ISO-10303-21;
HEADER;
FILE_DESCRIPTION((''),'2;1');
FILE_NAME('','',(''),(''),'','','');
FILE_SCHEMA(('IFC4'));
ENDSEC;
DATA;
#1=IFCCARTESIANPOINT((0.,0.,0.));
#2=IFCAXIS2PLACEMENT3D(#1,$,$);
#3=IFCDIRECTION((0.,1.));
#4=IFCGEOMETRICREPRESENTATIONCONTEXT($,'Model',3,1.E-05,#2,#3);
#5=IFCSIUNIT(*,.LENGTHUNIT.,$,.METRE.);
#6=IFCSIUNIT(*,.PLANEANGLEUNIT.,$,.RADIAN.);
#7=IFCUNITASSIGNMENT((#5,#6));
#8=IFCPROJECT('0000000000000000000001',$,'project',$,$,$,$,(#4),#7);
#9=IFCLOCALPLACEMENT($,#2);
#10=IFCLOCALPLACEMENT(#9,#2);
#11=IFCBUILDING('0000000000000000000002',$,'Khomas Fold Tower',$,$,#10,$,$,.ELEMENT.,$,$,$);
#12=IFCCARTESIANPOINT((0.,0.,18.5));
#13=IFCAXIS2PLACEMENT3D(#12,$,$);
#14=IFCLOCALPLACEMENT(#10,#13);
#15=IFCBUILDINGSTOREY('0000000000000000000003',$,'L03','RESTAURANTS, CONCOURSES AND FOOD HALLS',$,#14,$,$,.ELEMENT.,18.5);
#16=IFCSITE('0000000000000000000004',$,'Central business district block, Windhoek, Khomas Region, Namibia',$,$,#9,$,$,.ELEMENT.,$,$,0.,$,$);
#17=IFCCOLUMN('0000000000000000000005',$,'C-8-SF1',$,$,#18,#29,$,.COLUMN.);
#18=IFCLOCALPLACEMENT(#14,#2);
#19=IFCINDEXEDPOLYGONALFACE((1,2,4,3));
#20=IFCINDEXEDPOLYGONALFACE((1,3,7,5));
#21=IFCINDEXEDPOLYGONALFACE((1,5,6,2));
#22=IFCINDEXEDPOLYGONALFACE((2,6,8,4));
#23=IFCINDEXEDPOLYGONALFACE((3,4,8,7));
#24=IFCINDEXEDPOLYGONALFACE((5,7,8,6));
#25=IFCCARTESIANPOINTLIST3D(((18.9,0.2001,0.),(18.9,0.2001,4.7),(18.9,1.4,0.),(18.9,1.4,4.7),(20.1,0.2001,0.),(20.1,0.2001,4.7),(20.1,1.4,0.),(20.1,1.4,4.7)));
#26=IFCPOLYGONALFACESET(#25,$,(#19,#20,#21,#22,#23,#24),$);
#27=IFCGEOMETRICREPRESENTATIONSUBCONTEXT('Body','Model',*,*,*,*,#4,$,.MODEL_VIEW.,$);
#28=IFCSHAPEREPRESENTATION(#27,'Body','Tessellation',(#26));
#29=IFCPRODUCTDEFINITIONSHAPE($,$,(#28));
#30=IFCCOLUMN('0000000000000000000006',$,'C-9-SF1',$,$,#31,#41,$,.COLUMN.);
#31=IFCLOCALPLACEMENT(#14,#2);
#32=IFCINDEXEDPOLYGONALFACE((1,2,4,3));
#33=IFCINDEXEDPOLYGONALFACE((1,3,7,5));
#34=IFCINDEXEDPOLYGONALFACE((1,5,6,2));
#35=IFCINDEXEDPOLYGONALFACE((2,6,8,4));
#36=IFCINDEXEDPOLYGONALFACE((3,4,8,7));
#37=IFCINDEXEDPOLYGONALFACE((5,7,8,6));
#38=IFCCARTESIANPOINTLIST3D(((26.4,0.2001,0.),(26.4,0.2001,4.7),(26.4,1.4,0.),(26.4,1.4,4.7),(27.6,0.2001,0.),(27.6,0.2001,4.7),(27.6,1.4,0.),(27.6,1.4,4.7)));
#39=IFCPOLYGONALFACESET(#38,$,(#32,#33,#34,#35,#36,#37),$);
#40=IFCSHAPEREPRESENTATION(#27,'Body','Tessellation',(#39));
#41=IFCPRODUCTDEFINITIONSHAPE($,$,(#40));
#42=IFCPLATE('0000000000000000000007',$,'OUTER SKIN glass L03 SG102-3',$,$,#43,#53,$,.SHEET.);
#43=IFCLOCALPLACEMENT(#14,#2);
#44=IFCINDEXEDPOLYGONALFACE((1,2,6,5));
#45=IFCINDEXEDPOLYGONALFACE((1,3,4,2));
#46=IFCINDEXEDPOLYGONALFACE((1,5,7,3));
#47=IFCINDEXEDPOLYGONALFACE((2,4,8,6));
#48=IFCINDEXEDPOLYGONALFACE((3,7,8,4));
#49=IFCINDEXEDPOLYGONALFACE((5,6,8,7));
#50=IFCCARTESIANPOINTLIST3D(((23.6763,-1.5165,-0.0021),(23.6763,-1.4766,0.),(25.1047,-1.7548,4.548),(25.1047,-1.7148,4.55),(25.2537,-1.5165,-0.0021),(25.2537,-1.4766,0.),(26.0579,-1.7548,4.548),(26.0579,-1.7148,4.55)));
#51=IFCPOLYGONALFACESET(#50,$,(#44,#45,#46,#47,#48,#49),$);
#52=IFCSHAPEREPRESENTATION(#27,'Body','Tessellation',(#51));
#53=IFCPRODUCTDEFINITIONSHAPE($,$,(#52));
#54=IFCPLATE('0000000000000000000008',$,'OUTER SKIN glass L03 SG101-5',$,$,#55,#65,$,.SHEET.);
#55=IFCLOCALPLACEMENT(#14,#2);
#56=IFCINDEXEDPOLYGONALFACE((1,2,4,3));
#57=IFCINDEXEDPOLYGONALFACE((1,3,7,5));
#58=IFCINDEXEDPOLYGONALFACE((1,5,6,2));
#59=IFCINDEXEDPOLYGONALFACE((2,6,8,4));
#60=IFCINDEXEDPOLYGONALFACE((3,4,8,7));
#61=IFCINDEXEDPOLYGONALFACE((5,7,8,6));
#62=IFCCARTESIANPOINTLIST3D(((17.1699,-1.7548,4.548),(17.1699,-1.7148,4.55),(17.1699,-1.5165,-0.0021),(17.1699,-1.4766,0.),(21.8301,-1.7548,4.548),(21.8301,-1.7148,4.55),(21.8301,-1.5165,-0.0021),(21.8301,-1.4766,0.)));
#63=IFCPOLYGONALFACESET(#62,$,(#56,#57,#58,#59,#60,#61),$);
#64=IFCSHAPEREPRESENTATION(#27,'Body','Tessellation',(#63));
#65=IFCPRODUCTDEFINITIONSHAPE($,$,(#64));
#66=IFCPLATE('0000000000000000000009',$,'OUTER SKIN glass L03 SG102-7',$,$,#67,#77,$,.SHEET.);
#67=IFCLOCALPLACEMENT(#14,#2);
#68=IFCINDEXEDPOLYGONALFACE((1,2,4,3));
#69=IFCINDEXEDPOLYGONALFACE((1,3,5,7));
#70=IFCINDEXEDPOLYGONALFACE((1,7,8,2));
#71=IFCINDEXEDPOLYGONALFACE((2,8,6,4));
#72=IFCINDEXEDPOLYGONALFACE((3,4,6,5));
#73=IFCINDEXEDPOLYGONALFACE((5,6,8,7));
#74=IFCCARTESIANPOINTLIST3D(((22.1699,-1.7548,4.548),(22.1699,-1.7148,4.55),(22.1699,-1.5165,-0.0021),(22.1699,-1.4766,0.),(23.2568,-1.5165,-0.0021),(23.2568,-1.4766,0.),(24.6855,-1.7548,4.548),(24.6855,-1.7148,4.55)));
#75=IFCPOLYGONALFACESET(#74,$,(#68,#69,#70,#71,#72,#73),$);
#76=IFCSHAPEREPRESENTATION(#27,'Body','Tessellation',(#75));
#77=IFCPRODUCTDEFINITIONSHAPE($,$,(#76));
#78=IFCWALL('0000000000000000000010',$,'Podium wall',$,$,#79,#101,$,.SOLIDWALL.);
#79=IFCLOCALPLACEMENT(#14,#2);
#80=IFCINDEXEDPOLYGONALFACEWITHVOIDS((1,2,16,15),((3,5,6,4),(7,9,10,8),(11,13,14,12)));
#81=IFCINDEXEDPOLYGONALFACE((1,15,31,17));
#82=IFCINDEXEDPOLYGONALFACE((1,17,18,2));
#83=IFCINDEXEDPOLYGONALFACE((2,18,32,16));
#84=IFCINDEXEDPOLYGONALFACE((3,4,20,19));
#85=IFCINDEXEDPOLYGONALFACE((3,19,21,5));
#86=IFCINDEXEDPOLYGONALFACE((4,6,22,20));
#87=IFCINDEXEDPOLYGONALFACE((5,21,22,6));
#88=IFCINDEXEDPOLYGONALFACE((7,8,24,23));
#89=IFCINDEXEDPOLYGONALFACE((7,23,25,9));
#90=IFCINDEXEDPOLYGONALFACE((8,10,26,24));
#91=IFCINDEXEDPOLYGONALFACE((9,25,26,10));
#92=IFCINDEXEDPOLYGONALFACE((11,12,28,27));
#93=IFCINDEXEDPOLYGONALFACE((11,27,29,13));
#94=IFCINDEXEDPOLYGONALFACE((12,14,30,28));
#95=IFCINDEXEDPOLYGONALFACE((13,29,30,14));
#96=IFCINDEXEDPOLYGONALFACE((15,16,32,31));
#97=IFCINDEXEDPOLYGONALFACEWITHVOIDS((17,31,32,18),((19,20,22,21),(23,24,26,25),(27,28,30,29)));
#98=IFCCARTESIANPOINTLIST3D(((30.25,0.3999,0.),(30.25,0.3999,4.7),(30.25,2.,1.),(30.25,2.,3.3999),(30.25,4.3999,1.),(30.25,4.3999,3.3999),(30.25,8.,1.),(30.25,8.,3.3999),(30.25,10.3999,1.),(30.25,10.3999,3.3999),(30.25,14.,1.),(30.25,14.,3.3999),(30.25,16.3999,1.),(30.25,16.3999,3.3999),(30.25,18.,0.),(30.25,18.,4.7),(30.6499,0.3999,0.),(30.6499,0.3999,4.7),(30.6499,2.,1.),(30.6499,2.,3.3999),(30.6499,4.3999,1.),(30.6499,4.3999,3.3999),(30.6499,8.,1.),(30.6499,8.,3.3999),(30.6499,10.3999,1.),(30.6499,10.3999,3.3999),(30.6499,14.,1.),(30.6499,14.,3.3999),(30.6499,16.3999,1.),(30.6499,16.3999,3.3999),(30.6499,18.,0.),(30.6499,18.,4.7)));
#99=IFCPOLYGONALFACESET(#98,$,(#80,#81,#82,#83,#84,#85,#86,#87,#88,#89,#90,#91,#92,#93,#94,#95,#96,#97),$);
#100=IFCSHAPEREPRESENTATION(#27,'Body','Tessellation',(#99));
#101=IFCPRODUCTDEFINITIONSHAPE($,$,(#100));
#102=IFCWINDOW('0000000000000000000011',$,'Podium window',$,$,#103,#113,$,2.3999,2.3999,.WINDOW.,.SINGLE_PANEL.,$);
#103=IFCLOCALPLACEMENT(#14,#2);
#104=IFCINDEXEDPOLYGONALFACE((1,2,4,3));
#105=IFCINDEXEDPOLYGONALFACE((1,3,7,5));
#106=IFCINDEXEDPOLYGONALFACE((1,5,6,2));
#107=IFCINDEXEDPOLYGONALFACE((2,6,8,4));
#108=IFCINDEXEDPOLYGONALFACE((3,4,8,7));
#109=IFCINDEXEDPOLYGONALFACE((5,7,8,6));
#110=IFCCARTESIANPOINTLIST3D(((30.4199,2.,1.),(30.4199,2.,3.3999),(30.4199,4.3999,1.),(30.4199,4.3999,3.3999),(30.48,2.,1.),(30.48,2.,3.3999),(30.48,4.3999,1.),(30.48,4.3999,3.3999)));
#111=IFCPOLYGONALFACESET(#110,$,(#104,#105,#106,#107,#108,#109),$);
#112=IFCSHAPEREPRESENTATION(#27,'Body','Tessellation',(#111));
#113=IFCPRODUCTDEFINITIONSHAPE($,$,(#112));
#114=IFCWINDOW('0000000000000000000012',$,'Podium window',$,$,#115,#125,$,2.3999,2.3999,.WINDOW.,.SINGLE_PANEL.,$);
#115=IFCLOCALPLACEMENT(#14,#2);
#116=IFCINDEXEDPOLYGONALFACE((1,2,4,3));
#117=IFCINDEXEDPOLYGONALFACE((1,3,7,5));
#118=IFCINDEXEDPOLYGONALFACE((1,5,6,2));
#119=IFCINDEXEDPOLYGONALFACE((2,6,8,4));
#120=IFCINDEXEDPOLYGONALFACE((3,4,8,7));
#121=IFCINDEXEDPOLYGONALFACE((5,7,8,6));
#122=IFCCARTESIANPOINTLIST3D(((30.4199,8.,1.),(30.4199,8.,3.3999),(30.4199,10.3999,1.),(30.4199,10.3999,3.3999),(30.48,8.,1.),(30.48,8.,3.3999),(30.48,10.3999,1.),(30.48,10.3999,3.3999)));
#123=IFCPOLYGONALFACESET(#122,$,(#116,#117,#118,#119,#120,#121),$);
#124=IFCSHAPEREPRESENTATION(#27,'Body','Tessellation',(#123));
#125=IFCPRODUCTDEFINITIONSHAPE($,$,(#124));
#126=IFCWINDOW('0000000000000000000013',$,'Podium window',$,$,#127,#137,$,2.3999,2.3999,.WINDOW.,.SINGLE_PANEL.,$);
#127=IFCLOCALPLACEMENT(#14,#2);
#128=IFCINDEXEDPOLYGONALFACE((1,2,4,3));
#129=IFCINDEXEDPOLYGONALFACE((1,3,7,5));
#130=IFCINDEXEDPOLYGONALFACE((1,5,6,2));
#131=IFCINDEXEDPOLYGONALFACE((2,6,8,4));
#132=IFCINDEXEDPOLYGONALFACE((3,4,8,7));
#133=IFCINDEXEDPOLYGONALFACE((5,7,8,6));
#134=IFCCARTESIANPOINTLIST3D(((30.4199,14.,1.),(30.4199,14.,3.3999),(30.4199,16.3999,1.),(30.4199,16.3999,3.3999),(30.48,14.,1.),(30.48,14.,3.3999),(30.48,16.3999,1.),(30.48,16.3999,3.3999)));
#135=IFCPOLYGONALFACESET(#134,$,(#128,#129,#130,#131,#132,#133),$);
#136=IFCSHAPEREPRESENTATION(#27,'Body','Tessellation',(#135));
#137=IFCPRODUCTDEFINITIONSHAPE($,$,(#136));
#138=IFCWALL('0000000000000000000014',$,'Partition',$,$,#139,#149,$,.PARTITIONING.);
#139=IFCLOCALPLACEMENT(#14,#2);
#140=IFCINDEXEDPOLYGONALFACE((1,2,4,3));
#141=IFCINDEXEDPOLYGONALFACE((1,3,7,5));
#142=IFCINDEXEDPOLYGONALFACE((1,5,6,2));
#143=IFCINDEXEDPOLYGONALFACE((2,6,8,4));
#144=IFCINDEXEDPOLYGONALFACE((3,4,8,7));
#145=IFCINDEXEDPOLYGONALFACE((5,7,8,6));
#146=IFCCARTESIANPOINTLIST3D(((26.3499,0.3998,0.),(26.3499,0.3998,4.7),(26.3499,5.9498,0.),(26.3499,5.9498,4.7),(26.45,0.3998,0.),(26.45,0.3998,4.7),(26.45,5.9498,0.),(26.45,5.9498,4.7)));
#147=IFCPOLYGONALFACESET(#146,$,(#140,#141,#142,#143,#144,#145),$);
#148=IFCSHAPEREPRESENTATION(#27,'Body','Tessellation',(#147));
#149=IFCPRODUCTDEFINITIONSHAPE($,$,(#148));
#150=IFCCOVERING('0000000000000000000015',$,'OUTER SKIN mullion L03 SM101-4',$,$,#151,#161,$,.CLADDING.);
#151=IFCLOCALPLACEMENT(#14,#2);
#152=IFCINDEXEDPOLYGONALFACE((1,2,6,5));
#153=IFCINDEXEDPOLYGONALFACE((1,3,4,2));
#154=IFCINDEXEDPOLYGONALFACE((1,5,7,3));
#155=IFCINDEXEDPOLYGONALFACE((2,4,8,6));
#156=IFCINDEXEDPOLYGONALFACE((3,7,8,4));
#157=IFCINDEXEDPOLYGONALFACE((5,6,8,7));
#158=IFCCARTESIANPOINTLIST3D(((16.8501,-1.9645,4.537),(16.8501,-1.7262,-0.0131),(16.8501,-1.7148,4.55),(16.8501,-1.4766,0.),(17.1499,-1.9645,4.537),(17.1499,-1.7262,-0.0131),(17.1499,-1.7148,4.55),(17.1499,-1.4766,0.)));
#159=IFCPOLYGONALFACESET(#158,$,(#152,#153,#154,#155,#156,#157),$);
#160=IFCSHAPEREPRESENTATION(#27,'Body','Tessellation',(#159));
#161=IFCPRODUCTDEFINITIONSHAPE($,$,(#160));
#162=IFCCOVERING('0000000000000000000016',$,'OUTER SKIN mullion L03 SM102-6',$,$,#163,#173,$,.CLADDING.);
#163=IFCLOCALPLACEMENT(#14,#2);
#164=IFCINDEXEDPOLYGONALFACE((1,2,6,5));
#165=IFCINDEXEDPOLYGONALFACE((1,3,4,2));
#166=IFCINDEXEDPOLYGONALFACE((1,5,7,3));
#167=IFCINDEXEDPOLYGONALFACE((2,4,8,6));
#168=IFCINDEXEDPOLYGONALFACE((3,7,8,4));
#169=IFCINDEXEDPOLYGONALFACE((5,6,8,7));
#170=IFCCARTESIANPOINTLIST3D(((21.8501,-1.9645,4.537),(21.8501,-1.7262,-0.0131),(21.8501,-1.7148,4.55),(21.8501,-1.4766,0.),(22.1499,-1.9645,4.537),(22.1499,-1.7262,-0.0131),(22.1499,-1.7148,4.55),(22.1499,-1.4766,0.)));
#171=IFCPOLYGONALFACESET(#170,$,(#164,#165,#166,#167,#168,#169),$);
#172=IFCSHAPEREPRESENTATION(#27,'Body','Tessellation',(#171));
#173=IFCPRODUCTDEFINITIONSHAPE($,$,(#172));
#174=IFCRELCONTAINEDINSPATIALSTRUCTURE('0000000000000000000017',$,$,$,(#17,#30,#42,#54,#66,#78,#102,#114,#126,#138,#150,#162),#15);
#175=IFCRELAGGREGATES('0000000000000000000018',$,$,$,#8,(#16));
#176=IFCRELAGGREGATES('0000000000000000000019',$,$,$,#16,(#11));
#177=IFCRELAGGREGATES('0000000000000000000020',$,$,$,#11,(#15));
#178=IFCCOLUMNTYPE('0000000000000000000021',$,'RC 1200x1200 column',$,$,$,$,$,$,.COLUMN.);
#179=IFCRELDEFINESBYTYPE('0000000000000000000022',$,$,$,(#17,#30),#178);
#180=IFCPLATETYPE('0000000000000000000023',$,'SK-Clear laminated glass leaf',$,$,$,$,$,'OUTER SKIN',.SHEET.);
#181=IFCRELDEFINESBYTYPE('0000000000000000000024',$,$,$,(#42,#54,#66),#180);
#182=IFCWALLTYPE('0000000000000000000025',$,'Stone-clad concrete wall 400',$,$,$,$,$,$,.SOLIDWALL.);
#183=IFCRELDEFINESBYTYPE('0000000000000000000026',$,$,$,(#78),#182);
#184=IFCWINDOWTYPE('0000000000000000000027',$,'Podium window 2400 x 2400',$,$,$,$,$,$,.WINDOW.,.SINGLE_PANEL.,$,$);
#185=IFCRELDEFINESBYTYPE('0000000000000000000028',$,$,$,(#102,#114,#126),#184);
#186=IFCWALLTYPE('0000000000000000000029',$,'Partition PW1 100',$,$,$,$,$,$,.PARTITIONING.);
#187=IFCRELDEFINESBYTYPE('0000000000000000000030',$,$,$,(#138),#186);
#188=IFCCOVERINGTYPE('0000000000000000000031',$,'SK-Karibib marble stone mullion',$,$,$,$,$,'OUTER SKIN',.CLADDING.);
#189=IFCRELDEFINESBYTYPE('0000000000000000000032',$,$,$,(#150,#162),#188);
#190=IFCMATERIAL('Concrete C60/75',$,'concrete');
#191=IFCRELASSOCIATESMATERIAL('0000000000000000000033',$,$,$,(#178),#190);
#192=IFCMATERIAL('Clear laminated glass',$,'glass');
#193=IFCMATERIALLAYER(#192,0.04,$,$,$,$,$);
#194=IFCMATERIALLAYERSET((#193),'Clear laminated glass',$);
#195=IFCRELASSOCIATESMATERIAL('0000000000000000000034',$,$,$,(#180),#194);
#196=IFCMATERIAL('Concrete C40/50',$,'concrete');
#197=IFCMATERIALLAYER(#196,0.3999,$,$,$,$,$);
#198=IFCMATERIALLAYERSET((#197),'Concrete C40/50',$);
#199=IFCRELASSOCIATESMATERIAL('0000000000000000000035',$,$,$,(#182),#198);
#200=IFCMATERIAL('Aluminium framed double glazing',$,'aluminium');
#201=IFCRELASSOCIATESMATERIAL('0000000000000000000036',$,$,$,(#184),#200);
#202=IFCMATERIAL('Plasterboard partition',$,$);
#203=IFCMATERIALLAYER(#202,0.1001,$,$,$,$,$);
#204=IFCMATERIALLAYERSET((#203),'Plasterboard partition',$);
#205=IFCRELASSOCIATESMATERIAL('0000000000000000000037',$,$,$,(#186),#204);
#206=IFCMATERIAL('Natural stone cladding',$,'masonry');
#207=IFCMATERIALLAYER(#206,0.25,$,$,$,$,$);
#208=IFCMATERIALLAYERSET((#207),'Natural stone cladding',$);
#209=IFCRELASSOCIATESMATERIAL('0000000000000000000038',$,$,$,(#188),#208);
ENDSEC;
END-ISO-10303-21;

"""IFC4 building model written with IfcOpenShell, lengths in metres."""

from ifc_helpers import new_model, si_unit, direction, frame, frame_2d, origin, origin_2d, place, context, subcontext, project, spatial, polyline, rectangle, outline, extrude, source, transform, mapped, material, layer, layer_set, material_profile, profile_set, type_object, element, fill, save


model = new_model("IFC4")

# Units and contexts
model_context = context("Model", 3, precision=1e-05, world=origin(), true_north=direction((0.0, 1.0)))
body_context = subcontext(model_context, "Body", "Model", "MODEL_VIEW")
ifc_project = project(units=[si_unit("LENGTHUNIT", "METRE"), si_unit("PLANEANGLEUNIT", "RADIAN")], contexts=[model_context])

# Site, building, storey
site_placement = place(None, origin())
site = spatial("IfcSite", under=ifc_project, at=site_placement, Name="Central business district block, Windhoek, Khomas Region, Namibia", CompositionType="ELEMENT", RefElevation=0.0)
building_placement = place(site_placement, origin())
building = spatial("IfcBuilding", under=site, at=building_placement, Name="Khomas Fold Tower", CompositionType="ELEMENT")
storey_placement = place(building_placement, frame((0.0, 0.0, 18.5)))
storey = spatial("IfcBuildingStorey", under=building, at=storey_placement, Name="L03", Description="RESTAURANTS, CONCOURSES AND FOOD HALLS", CompositionType="ELEMENT", Elevation=18.5)

# Columns
ifc_material_1 = material(Name="Concrete C60/75", Category="concrete")
ifc_material_profile = material_profile(ifc_material_1, rectangle(XDim=1.2, YDim=1.2, at=origin_2d()), Name="RC 1200x1200")
ifc_profile_set = profile_set([ifc_material_profile], Name="Concrete C60/75")
column_type = type_object("IfcColumnType", Name="RC 1200x1200 column", PredefinedType="COLUMN", material=ifc_profile_set)
shared_shape_1 = source(origin(), body_context, "Body", "SweptSolid", [
    extrude(rectangle(XDim=1.2, YDim=1.2, at=origin_2d()), origin(), (0.0, 0.0, 1.0), 4.7),
])
for number, where, z_axis, x_axis, name in (
    (1, (19.5, 0.8, 0.0), (0.0, 0.0, 1.0), (1.0, 0.0, 0.0), "C-8-SF1"),
    (2, (27.0, 0.8, 0.0), (0.0, 0.0, 1.0), (1.0, 0.0, 0.0), "C-9-SF1"),
):
    element("IfcColumn", number, at=place(storey_placement, frame(where, z_axis=z_axis, x_axis=x_axis)), inside=storey, type_object=column_type, Name=name, PredefinedType="COLUMN", context=body_context, shape_type="MappedRepresentation", body=[
        mapped(shared_shape_1, transform((0.0, 0.0, 0.0))),
    ])

# Plates
ifc_material_2 = material(Name="Clear laminated glass", Category="glass")
ifc_layer_1 = layer(ifc_material_2, 0.04)
ifc_layer_set_1 = layer_set([ifc_layer_1], Name="Clear laminated glass")
plate_type = type_object("IfcPlateType", Name="SK-Clear laminated glass leaf", ElementType="OUTER SKIN", PredefinedType="SHEET", material=ifc_layer_set_1)
plate_1_placement = place(storey_placement, frame((25.1047, -1.7148, 4.55), z_axis=(0.0, 0.998632, 0.052297), x_axis=(1.0, 0.0, 0.0)))
element("IfcPlate", 3, at=plate_1_placement, inside=storey, type_object=plate_type, Name="OUTER SKIN glass L03 SG102-3", PredefinedType="SHEET", context=body_context, shape_type="SweptSolid", body=[
    extrude(outline(polyline([(0.0, 0.0), (0.9531, 0.0), (0.1489, 4.5563), (-1.4285, 4.5563), (0.0, 0.0)])), origin(), (0.0, 0.0, -1.0), 0.04),
])
plate_2_placement = place(storey_placement, frame((21.8301, -1.7148, 4.55), z_axis=(0.0, 0.998632, 0.052297), x_axis=(0.0, 0.052297, -0.998632)))
element("IfcPlate", 4, at=plate_2_placement, inside=storey, type_object=plate_type, Name="OUTER SKIN glass L03 SG101-5", PredefinedType="SHEET", context=body_context, shape_type="SweptSolid", body=[
    extrude(outline(polyline([(0.0, 0.0), (4.5563, 0.0), (4.5563, 4.6602), (0.0, 4.6602), (0.0, 0.0)])), origin(), (0.0, 0.0, -1.0), 0.04),
])
plate_3_placement = place(storey_placement, frame((24.6855, -1.7148, 4.55), z_axis=(0.0, 0.998632, 0.052297), x_axis=(-0.299204, 0.049901, -0.952883)))
element("IfcPlate", 5, at=plate_3_placement, inside=storey, type_object=plate_type, Name="OUTER SKIN glass L03 SG102-7", PredefinedType="SHEET", context=body_context, shape_type="SweptSolid", body=[
    extrude(outline(polyline([(0.0, 0.0), (4.775, 0.0), (5.1002, 1.0371), (0.7527, 2.4004), (0.0, 0.0)])), origin(), (0.0, 0.0, -1.0), 0.04),
])

# Wall, openings, windows
ifc_material_3 = material(Name="Concrete C40/50", Category="concrete")
ifc_layer_2 = layer(ifc_material_3, 0.3999)
ifc_layer_set_2 = layer_set([ifc_layer_2], Name="Concrete C40/50")
wall_type_1 = type_object("IfcWallType", Name="Stone-clad concrete wall 400", PredefinedType="SOLIDWALL", material=ifc_layer_set_2)
shared_shape_2 = source(origin(), body_context, "Body", "SweptSolid", [
    extrude(rectangle(XDim=17.6001, YDim=0.3999, at=frame_2d((8.8, 0.0))), origin(), (0.0, 0.0, 1.0), 4.7),
])
wall_1_placement = place(storey_placement, frame((30.45, 0.3999, 0.0), z_axis=(0.0, 0.0, 1.0), x_axis=(0.0, 1.0, 0.0)))
wall_1 = element("IfcWall", 6, at=wall_1_placement, inside=storey, type_object=wall_type_1, Name="Podium wall", PredefinedType="SOLIDWALL", context=body_context, shape_type="MappedRepresentation", body=[
    mapped(shared_shape_2, transform((0.0, 0.0, 0.0))),
])
shared_shape_3 = source(origin(), body_context, "Body", "SweptSolid", [
    extrude(rectangle(XDim=2.3999, YDim=2.3999, at=frame_2d((1.2, 1.2))), frame((0.0, 0.21, 0.0), z_axis=(0.0, -1.0, 0.0), x_axis=(1.0, 0.0, 0.0)), (0.0, 0.0, 1.0), 0.4199),
])
opening_1_placement = place(wall_1_placement, frame((1.6001, 0.0, 1.0)))
opening_1 = element("IfcOpeningElement", 7, at=opening_1_placement, cuts=wall_1, PredefinedType="OPENING", context=body_context, shape_type="MappedRepresentation", body=[
    mapped(shared_shape_3, transform((0.0, 0.0, 0.0))),
])
opening_2_placement = place(wall_1_placement, frame((7.6001, 0.0, 1.0)))
opening_2 = element("IfcOpeningElement", 8, at=opening_2_placement, cuts=wall_1, PredefinedType="OPENING", context=body_context, shape_type="MappedRepresentation", body=[
    mapped(shared_shape_3, transform((0.0, 0.0, 0.0))),
])
opening_3_placement = place(wall_1_placement, frame((13.6001, 0.0, 1.0)))
opening_3 = element("IfcOpeningElement", 9, at=opening_3_placement, cuts=wall_1, PredefinedType="OPENING", context=body_context, shape_type="MappedRepresentation", body=[
    mapped(shared_shape_3, transform((0.0, 0.0, 0.0))),
])
ifc_material_4 = material(Name="Aluminium framed double glazing", Category="aluminium")
window_type = type_object("IfcWindowType", Name="Podium window 2400 x 2400", PartitioningType="SINGLE_PANEL", PredefinedType="WINDOW", material=ifc_material_4)
shared_shape_4 = source(origin(), body_context, "Body", "SweptSolid", [
    extrude(rectangle(XDim=2.3999, YDim=2.3999, at=frame_2d((1.2, 1.2))), frame((0.0, 0.03, 0.0), z_axis=(0.0, -1.0, 0.0), x_axis=(1.0, 0.0, 0.0)), (0.0, 0.0, 1.0), 0.0601),
])
window_1_placement = place(opening_1_placement, origin())
window_1 = element("IfcWindow", 10, at=window_1_placement, inside=storey, type_object=window_type, Name="Podium window", OverallHeight=2.3999, OverallWidth=2.3999, PartitioningType="SINGLE_PANEL", PredefinedType="WINDOW", context=body_context, shape_type="MappedRepresentation", body=[
    mapped(shared_shape_4, transform((0.0, 0.0, 0.0))),
])
fill(opening_1, window_1)
window_2_placement = place(opening_2_placement, origin())
window_2 = element("IfcWindow", 11, at=window_2_placement, inside=storey, type_object=window_type, Name="Podium window", OverallHeight=2.3999, OverallWidth=2.3999, PartitioningType="SINGLE_PANEL", PredefinedType="WINDOW", context=body_context, shape_type="MappedRepresentation", body=[
    mapped(shared_shape_4, transform((0.0, 0.0, 0.0))),
])
fill(opening_2, window_2)
window_3_placement = place(opening_3_placement, origin())
window_3 = element("IfcWindow", 12, at=window_3_placement, inside=storey, type_object=window_type, Name="Podium window", OverallHeight=2.3999, OverallWidth=2.3999, PartitioningType="SINGLE_PANEL", PredefinedType="WINDOW", context=body_context, shape_type="MappedRepresentation", body=[
    mapped(shared_shape_4, transform((0.0, 0.0, 0.0))),
])
fill(opening_3, window_3)

# Wall
ifc_material_5 = material(Name="Plasterboard partition")
ifc_layer_3 = layer(ifc_material_5, 0.1001)
ifc_layer_set_3 = layer_set([ifc_layer_3], Name="Plasterboard partition")
wall_type_2 = type_object("IfcWallType", Name="Partition PW1 100", PredefinedType="PARTITIONING", material=ifc_layer_set_3)
shared_shape_5 = source(origin(), body_context, "Body", "SweptSolid", [
    extrude(rectangle(XDim=5.55, YDim=0.1001, at=frame_2d((2.7749, 0.0))), origin(), (0.0, 0.0, 1.0), 4.7),
])
wall_2_placement = place(storey_placement, frame((26.3999, 0.3999, 0.0), z_axis=(0.0, 0.0, 1.0), x_axis=(0.0, 1.0, 0.0)))
element("IfcWall", 13, at=wall_2_placement, inside=storey, type_object=wall_type_2, Name="Partition", PredefinedType="PARTITIONING", context=body_context, shape_type="MappedRepresentation", body=[
    mapped(shared_shape_5, transform((0.0, 0.0, 0.0))),
])

# Coverings
ifc_material_6 = material(Name="Natural stone cladding", Category="masonry")
ifc_layer_4 = layer(ifc_material_6, 0.25)
ifc_layer_set_4 = layer_set([ifc_layer_4], Name="Natural stone cladding")
covering_type_1 = type_object("IfcCoveringType", Name="SK-Karibib marble stone mullion", ElementType="OUTER SKIN", PredefinedType="CLADDING", material=ifc_layer_set_4)
for number, where, z_axis, x_axis, name in (
    (14, (17.1499, -1.7148, 4.55), (0.0, 0.998632, 0.052297), (0.0, 0.052297, -0.998632), "OUTER SKIN mullion L03 SM101-4"),
    (15, (22.1499, -1.7148, 4.55), (0.0, 0.998632, 0.052297), (0.0, 0.052297, -0.998632), "OUTER SKIN mullion L03 SM102-6"),
):
    element("IfcCovering", number, at=place(storey_placement, frame(where, z_axis=z_axis, x_axis=x_axis)), inside=storey, type_object=covering_type_1, Name=name, PredefinedType="CLADDING", context=body_context, shape_type="SweptSolid", body=[
        extrude(outline(polyline([(0.0, 0.0), (4.5563, 0.0), (4.5563, 0.2998), (0.0, 0.2998), (0.0, 0.0)])), origin(), (0.0, 0.0, -1.0), 0.25),
    ])

save(model, "model.ifc")
